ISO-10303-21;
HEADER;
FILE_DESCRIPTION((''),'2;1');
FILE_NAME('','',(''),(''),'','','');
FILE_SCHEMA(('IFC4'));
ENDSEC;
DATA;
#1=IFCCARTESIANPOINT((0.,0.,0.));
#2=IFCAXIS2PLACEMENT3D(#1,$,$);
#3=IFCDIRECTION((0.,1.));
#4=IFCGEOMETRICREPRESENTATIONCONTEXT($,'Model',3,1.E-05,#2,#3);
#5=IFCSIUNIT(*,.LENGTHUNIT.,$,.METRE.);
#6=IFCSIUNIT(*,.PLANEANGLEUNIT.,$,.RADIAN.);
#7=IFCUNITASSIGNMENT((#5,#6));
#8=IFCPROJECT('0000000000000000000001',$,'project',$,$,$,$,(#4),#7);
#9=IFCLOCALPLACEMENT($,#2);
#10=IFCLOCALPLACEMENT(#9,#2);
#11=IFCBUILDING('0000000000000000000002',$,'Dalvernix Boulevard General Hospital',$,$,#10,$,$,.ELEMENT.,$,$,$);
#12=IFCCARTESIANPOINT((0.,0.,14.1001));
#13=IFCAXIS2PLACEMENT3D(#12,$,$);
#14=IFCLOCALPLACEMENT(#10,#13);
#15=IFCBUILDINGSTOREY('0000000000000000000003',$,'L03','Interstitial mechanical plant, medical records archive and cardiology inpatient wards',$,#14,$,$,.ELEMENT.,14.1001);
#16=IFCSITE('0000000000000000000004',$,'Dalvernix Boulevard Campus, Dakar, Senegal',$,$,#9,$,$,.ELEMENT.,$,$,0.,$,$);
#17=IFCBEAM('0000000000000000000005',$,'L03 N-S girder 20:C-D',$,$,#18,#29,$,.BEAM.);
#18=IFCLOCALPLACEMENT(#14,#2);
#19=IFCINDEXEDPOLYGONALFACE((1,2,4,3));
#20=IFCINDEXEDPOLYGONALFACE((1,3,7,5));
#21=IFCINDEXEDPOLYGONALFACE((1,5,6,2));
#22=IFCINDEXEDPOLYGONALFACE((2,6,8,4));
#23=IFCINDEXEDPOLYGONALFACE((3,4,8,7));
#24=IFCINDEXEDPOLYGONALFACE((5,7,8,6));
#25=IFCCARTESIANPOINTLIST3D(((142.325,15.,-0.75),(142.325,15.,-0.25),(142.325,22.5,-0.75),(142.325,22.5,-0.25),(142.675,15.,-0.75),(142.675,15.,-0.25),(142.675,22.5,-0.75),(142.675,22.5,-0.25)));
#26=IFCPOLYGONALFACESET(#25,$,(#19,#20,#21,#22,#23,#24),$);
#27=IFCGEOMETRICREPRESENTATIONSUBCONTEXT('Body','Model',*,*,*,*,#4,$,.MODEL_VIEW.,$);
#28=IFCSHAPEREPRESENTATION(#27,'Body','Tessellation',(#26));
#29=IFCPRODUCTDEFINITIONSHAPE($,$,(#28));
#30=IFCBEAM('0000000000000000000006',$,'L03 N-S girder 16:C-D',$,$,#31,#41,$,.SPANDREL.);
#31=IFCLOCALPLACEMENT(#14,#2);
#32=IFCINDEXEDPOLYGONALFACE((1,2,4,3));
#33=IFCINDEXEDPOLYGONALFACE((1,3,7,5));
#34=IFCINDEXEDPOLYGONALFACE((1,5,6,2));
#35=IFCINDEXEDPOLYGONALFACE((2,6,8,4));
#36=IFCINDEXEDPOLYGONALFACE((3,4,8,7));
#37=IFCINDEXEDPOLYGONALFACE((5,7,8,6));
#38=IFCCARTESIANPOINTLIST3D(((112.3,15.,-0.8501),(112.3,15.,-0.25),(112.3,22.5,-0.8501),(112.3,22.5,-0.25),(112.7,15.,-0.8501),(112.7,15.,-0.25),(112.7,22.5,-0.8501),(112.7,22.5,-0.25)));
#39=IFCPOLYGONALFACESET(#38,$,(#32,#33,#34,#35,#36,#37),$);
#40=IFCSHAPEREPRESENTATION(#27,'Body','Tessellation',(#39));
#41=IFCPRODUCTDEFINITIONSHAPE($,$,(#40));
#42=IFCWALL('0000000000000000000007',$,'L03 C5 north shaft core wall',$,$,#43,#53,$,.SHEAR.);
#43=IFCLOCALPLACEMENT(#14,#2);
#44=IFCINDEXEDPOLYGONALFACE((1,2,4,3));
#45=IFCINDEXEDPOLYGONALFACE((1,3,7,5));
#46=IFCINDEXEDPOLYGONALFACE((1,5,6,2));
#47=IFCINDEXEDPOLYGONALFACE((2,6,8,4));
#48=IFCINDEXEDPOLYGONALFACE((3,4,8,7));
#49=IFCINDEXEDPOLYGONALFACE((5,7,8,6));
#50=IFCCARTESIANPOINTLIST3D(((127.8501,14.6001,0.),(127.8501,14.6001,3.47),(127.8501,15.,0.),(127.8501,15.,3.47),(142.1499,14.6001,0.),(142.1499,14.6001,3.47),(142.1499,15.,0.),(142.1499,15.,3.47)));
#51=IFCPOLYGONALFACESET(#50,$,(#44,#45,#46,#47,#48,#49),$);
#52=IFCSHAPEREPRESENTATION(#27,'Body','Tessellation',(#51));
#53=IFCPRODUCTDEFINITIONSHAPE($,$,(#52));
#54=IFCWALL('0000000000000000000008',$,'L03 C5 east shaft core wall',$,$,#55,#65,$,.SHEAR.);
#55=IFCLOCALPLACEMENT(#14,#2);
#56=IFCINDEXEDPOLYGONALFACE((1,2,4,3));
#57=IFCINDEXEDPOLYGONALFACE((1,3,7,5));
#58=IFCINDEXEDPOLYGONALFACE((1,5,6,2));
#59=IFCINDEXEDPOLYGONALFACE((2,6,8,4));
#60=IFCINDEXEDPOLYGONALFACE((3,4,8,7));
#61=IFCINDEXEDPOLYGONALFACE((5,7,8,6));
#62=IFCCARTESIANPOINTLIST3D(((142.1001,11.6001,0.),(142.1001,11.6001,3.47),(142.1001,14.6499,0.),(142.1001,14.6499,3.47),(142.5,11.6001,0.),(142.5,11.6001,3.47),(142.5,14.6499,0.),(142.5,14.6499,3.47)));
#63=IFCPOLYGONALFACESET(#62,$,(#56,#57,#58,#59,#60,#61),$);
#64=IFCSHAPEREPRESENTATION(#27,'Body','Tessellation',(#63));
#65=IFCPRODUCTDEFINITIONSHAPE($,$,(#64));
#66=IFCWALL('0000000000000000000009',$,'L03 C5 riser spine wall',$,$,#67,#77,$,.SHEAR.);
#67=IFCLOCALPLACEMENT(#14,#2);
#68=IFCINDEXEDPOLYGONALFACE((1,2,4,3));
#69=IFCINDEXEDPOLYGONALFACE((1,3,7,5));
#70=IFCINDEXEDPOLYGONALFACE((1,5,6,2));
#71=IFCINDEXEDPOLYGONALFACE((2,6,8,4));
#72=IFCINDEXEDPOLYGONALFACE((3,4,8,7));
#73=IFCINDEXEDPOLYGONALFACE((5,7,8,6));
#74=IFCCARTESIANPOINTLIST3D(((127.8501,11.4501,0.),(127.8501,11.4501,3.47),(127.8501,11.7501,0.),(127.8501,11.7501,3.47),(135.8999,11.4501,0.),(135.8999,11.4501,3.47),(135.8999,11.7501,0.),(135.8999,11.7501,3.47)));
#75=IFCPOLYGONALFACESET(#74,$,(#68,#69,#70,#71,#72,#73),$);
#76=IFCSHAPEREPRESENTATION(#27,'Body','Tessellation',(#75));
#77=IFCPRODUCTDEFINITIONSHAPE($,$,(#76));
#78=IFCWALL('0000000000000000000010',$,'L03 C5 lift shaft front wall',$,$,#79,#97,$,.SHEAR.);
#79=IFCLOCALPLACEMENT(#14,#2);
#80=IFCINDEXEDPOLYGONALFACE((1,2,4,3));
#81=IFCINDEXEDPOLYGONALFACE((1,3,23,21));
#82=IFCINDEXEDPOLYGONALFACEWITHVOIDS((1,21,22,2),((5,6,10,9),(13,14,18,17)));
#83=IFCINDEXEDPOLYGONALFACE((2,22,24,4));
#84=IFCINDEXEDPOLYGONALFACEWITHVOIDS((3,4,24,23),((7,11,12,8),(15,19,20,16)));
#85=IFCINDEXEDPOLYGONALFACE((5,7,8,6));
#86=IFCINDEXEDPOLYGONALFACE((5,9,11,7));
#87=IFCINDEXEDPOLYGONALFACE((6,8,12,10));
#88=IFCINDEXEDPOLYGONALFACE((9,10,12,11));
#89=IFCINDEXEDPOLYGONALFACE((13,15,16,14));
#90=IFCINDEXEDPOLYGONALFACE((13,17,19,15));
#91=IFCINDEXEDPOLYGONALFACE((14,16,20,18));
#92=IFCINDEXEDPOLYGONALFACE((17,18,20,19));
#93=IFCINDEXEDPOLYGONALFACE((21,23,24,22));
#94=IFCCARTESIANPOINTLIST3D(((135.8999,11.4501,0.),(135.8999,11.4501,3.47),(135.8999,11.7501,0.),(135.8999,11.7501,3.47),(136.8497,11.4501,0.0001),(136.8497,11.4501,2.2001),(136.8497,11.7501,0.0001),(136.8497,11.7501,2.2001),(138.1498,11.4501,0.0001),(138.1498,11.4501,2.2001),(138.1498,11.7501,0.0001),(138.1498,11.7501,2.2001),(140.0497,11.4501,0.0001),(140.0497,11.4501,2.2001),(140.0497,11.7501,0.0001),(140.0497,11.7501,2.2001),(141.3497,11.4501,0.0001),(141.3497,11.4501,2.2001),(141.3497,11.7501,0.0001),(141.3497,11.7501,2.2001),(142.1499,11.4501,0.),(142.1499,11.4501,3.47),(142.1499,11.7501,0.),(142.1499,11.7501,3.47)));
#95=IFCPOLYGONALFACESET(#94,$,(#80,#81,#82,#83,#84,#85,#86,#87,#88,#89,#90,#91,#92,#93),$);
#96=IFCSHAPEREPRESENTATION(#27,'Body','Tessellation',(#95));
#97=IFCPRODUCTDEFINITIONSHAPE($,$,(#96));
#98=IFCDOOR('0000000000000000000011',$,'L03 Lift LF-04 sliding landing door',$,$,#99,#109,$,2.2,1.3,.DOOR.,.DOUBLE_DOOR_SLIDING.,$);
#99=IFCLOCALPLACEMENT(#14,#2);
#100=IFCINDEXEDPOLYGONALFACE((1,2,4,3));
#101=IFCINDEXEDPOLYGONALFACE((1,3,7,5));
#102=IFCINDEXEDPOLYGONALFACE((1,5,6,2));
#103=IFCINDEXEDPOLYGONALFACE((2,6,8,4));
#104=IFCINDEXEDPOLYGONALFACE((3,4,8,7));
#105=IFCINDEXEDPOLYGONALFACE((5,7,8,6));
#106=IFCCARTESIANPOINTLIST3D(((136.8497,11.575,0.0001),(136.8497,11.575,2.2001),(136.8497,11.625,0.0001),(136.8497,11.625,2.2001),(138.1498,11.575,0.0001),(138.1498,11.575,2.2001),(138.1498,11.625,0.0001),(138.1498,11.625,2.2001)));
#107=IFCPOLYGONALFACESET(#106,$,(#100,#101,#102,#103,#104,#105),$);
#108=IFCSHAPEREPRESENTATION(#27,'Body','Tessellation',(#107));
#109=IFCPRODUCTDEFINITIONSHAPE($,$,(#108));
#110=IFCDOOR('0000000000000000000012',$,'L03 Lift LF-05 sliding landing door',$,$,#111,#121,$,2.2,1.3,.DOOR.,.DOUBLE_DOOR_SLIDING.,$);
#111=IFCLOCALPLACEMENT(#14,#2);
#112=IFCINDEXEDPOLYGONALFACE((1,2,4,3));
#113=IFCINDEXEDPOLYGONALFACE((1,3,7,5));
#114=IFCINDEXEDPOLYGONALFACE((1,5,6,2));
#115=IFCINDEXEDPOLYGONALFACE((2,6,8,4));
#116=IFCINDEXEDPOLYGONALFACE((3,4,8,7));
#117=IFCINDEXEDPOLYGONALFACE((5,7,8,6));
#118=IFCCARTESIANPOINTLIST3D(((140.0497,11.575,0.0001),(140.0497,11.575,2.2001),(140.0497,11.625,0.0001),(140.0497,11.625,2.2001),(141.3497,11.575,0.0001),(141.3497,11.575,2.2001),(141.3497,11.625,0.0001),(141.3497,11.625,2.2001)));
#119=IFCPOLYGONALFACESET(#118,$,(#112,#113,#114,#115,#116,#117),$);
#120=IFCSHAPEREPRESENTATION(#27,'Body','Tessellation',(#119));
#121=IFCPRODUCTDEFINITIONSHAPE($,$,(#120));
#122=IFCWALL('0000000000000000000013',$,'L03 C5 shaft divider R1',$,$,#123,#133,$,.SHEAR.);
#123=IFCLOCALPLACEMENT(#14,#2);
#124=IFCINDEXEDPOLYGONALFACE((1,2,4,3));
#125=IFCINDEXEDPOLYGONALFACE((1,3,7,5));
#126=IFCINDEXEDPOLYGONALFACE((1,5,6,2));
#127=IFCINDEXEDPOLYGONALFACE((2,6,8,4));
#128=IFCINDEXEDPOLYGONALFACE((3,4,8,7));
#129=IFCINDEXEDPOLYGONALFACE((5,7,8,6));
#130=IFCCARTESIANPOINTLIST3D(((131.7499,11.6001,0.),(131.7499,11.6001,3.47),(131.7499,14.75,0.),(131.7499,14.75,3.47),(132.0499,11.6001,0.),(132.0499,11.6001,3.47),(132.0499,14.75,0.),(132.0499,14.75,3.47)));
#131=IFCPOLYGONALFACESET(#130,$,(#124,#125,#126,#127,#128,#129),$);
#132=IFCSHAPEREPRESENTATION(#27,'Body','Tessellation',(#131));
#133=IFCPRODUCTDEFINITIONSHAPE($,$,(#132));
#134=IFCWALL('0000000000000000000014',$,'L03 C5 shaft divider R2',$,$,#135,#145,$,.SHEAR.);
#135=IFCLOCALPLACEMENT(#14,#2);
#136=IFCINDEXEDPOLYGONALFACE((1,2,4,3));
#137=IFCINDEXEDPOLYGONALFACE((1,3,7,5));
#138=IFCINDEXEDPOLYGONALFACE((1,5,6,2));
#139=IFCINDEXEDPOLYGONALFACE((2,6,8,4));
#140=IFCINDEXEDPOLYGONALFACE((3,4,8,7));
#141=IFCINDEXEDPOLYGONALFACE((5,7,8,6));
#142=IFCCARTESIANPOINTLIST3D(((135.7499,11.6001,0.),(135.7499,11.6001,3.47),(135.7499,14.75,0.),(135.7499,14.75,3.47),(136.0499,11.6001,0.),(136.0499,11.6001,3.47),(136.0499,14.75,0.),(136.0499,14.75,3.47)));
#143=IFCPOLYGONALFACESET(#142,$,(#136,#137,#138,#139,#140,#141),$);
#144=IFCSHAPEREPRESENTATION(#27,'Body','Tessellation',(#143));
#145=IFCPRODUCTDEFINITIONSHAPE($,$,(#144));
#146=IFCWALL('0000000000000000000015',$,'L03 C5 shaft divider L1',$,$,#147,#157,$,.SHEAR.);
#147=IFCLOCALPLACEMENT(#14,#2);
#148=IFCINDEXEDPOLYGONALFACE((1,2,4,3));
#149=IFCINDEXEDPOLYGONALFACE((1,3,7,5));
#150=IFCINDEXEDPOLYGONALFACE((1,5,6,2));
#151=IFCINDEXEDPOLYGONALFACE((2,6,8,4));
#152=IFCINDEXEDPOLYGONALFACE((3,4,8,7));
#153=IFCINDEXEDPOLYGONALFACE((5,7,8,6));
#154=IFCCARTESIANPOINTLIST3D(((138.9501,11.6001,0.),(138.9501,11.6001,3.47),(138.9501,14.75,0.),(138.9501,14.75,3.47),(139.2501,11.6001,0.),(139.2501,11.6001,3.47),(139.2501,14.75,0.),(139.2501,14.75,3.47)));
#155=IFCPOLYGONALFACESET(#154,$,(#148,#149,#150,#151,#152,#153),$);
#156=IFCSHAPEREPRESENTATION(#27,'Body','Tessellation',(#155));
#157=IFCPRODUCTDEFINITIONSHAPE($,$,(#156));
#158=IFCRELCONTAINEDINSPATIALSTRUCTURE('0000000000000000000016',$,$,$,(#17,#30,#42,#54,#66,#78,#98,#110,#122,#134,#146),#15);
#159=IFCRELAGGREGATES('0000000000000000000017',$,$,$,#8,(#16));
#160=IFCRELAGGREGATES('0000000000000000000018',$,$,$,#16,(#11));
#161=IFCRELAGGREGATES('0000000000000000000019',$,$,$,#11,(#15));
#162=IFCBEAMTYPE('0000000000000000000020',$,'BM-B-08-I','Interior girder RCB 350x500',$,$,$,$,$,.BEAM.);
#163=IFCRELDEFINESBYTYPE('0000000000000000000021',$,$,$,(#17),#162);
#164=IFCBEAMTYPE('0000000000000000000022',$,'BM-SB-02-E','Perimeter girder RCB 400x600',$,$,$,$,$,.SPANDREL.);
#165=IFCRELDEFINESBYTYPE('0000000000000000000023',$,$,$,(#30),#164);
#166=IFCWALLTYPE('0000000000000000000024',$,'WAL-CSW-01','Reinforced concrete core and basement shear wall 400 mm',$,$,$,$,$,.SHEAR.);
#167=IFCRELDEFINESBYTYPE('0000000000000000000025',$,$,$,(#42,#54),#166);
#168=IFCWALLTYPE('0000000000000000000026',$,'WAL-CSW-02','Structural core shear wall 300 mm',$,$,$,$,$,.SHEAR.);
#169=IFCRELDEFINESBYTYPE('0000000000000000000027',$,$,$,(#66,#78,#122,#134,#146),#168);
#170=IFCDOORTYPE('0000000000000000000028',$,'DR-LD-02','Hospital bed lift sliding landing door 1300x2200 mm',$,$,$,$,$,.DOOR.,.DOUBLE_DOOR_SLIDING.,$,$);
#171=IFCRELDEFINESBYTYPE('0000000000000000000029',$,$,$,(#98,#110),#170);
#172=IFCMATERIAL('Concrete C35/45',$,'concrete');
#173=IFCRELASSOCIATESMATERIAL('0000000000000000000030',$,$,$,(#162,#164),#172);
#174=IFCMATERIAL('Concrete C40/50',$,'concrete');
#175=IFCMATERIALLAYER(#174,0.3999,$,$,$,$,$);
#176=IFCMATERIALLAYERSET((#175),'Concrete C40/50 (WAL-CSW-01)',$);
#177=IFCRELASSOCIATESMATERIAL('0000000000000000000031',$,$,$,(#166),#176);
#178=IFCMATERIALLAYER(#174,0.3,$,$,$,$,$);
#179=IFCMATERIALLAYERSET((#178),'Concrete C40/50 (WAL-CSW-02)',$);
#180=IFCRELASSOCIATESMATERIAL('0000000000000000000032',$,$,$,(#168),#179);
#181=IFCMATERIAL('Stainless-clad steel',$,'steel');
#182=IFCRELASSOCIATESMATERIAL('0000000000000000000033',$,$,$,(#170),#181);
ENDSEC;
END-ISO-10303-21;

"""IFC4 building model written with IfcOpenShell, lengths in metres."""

from ifc_helpers import new_model, si_unit, direction, frame, frame_2d, origin, origin_2d, place, context, subcontext, project, spatial, rectangle, extrude, material, layer, layer_set, material_profile, profile_set, type_object, element, fill, save


model = new_model("IFC4")

# Units and contexts
model_context = context("Model", 3, precision=1e-05, world=origin(), true_north=direction((0.0, 1.0)))
body_context = subcontext(model_context, "Body", "Model", "MODEL_VIEW")
ifc_project = project(units=[si_unit("LENGTHUNIT", "METRE"), si_unit("PLANEANGLEUNIT", "RADIAN")], contexts=[model_context])

# Site, building, storey
site_placement = place(None, origin())
site = spatial("IfcSite", under=ifc_project, at=site_placement, Name="Dalvernix Boulevard Campus, Dakar, Senegal", CompositionType="ELEMENT", RefElevation=0.0)
building_placement = place(site_placement, origin())
building = spatial("IfcBuilding", under=site, at=building_placement, Name="Dalvernix Boulevard General Hospital", CompositionType="ELEMENT")
storey_placement = place(building_placement, frame((0.0, 0.0, 14.1001)))
storey = spatial("IfcBuildingStorey", under=building, at=storey_placement, Name="L03", Description="Interstitial mechanical plant, medical records archive and cardiology inpatient wards", CompositionType="ELEMENT", Elevation=14.1001)

# Shared definitions
ifc_material_1 = material(Name="Concrete C40/50", Category="concrete")

# Beams
ifc_material_2 = material(Name="Concrete C35/45", Category="concrete")
ifc_material_profile_1 = material_profile(ifc_material_2, rectangle(XDim=0.3501, YDim=0.5, at=origin_2d()), Name="RCB 350x500")
ifc_profile_set_1 = profile_set([ifc_material_profile_1], Name="Concrete C35/45")
beam_type_1 = type_object("IfcBeamType", Name="BM-B-08-I", Description="Interior girder RCB 350x500", PredefinedType="BEAM", material=ifc_profile_set_1)
for number, where, z_axis, x_axis, name in (
    (1, (142.5, 15.0, -0.5), (0.0, 1.0, 0.0), (-1.0, 0.0, 0.0), "L03 N-S girder 20:C-D"),
):
    element("IfcBeam", number, at=place(storey_placement, frame(where, z_axis=z_axis, x_axis=x_axis)), inside=storey, type_object=beam_type_1, Name=name, PredefinedType="BEAM", context=body_context, shape_type="SweptSolid", body=[
        extrude(rectangle(XDim=0.3501, YDim=0.5, at=origin_2d()), origin(), (0.0, 0.0, 1.0), 7.5),
    ])
ifc_material_profile_2 = material_profile(ifc_material_2, rectangle(XDim=0.3999, YDim=0.6001, at=origin_2d()), Name="RCB 400x600")
ifc_profile_set_2 = profile_set([ifc_material_profile_2], Name="Concrete C35/45")
beam_type_2 = type_object("IfcBeamType", Name="BM-SB-02-E", Description="Perimeter girder RCB 400x600", PredefinedType="SPANDREL", material=ifc_profile_set_2)
beam_placement = place(storey_placement, frame((112.5, 15.0, -0.55), z_axis=(0.0, 1.0, 0.0), x_axis=(-1.0, 0.0, 0.0)))
element("IfcBeam", 2, at=beam_placement, inside=storey, type_object=beam_type_2, Name="L03 N-S girder 16:C-D", PredefinedType="SPANDREL", context=body_context, shape_type="SweptSolid", body=[
    extrude(rectangle(XDim=0.3999, YDim=0.6001, at=origin_2d()), origin(), (0.0, 0.0, 1.0), 7.5),
])

# Walls
ifc_layer_1 = layer(ifc_material_1, 0.3999)
ifc_layer_set_1 = layer_set([ifc_layer_1], Name="Concrete C40/50 (WAL-CSW-01)")
wall_type_1 = type_object("IfcWallType", Name="WAL-CSW-01", Description="Reinforced concrete core and basement shear wall 400 mm", PredefinedType="SHEAR", material=ifc_layer_set_1)
wall_1_placement = place(storey_placement, frame((127.8501, 14.8, 0.0), z_axis=(0.0, 0.0, 1.0), x_axis=(1.0, 0.0, 0.0)))
element("IfcWall", 3, at=wall_1_placement, inside=storey, type_object=wall_type_1, Name="L03 C5 north shaft core wall", PredefinedType="SHEAR", context=body_context, shape_type="SweptSolid", body=[
    extrude(rectangle(XDim=14.2998, YDim=0.3999, at=frame_2d((7.1499, 0.0))), origin(), (0.0, 0.0, 1.0), 3.47),
])
wall_2_placement = place(storey_placement, frame((142.3, 11.6001, 0.0), z_axis=(0.0, 0.0, 1.0), x_axis=(0.0, 1.0, 0.0)))
element("IfcWall", 4, at=wall_2_placement, inside=storey, type_object=wall_type_1, Name="L03 C5 east shaft core wall", PredefinedType="SHEAR", context=body_context, shape_type="SweptSolid", body=[
    extrude(rectangle(XDim=3.0498, YDim=0.3999, at=frame_2d((1.5249, 0.0))), origin(), (0.0, 0.0, 1.0), 3.47),
])
ifc_layer_2 = layer(ifc_material_1, 0.3)
ifc_layer_set_2 = layer_set([ifc_layer_2], Name="Concrete C40/50 (WAL-CSW-02)")
wall_type_2 = type_object("IfcWallType", Name="WAL-CSW-02", Description="Structural core shear wall 300 mm", PredefinedType="SHEAR", material=ifc_layer_set_2)
wall_3_placement = place(storey_placement, frame((127.8501, 11.6001, 0.0), z_axis=(0.0, 0.0, 1.0), x_axis=(1.0, 0.0, 0.0)))
element("IfcWall", 5, at=wall_3_placement, inside=storey, type_object=wall_type_2, Name="L03 C5 riser spine wall", PredefinedType="SHEAR", context=body_context, shape_type="SweptSolid", body=[
    extrude(rectangle(XDim=8.0498, YDim=0.3, at=frame_2d((4.0249, 0.0))), origin(), (0.0, 0.0, 1.0), 3.47),
])

# Wall, openings, doors
wall_4_placement = place(storey_placement, frame((135.8999, 11.6001, 0.0), z_axis=(0.0, 0.0, 1.0), x_axis=(1.0, 0.0, 0.0)))
wall_4 = element("IfcWall", 6, at=wall_4_placement, inside=storey, type_object=wall_type_2, Name="L03 C5 lift shaft front wall", PredefinedType="SHEAR", context=body_context, shape_type="SweptSolid", body=[
    extrude(rectangle(XDim=6.25, YDim=0.3, at=frame_2d((3.125, 0.0))), origin(), (0.0, 0.0, 1.0), 3.47),
])
opening_1_placement = place(wall_4_placement, frame((0.95, 0.0, 0.0)))
opening_1 = element("IfcOpeningElement", 7, at=opening_1_placement, cuts=wall_4, PredefinedType="OPENING", context=body_context, shape_type="SweptSolid", body=[
    extrude(rectangle(XDim=1.3, YDim=2.2, at=frame_2d((0.6499, 1.1001))), frame((0.0, 0.1599, 0.0), z_axis=(0.0, -1.0, 0.0), x_axis=(1.0, 0.0, 0.0)), (0.0, 0.0, 1.0), 0.3201),
])
opening_2_placement = place(wall_4_placement, frame((4.1499, 0.0, 0.0)))
opening_2 = element("IfcOpeningElement", 8, at=opening_2_placement, cuts=wall_4, PredefinedType="OPENING", context=body_context, shape_type="SweptSolid", body=[
    extrude(rectangle(XDim=1.3, YDim=2.2, at=frame_2d((0.6499, 1.1001))), frame((0.0, 0.1599, 0.0), z_axis=(0.0, -1.0, 0.0), x_axis=(1.0, 0.0, 0.0)), (0.0, 0.0, 1.0), 0.3201),
])
ifc_material_3 = material(Name="Stainless-clad steel", Category="steel")
door_type_1 = type_object("IfcDoorType", Name="DR-LD-02", Description="Hospital bed lift sliding landing door 1300x2200 mm", OperationType="DOUBLE_DOOR_SLIDING", PredefinedType="DOOR", material=ifc_material_3)
door_1_placement = place(opening_1_placement, origin())
door_1 = element("IfcDoor", 9, at=door_1_placement, inside=storey, type_object=door_type_1, Name="L03 Lift LF-04 sliding landing door", OperationType="DOUBLE_DOOR_SLIDING", OverallHeight=2.2, OverallWidth=1.3, PredefinedType="DOOR", context=body_context, shape_type="SweptSolid", body=[
    extrude(rectangle(XDim=1.3, YDim=2.2, at=frame_2d((0.6499, 1.1001))), frame((0.0, 0.0249, 0.0), z_axis=(0.0, -1.0, 0.0), x_axis=(1.0, 0.0, 0.0)), (0.0, 0.0, 1.0), 0.05),
])
fill(opening_1, door_1)
door_2_placement = place(opening_2_placement, origin())
door_2 = element("IfcDoor", 10, at=door_2_placement, inside=storey, type_object=door_type_1, Name="L03 Lift LF-05 sliding landing door", OperationType="DOUBLE_DOOR_SLIDING", OverallHeight=2.2, OverallWidth=1.3, PredefinedType="DOOR", context=body_context, shape_type="SweptSolid", body=[
    extrude(rectangle(XDim=1.3, YDim=2.2, at=frame_2d((0.6499, 1.1001))), frame((0.0, 0.0249, 0.0), z_axis=(0.0, -1.0, 0.0), x_axis=(1.0, 0.0, 0.0)), (0.0, 0.0, 1.0), 0.05),
])
fill(opening_2, door_2)

# Walls
for number, where, z_axis, x_axis, name in (
    (11, (131.8999, 11.6001, 0.0), (0.0, 0.0, 1.0), (0.0, 1.0, 0.0), "L03 C5 shaft divider R1"),
    (12, (135.8999, 11.6001, 0.0), (0.0, 0.0, 1.0), (0.0, 1.0, 0.0), "L03 C5 shaft divider R2"),
    (13, (139.1001, 11.6001, 0.0), (0.0, 0.0, 1.0), (0.0, 1.0, 0.0), "L03 C5 shaft divider L1"),
):
    element("IfcWall", number, at=place(storey_placement, frame(where, z_axis=z_axis, x_axis=x_axis)), inside=storey, type_object=wall_type_2, Name=name, PredefinedType="SHEAR", context=body_context, shape_type="SweptSolid", body=[
        extrude(rectangle(XDim=3.1499, YDim=0.3, at=frame_2d((1.575, 0.0))), origin(), (0.0, 0.0, 1.0), 3.47),
    ])

save(model, "model.ifc")
